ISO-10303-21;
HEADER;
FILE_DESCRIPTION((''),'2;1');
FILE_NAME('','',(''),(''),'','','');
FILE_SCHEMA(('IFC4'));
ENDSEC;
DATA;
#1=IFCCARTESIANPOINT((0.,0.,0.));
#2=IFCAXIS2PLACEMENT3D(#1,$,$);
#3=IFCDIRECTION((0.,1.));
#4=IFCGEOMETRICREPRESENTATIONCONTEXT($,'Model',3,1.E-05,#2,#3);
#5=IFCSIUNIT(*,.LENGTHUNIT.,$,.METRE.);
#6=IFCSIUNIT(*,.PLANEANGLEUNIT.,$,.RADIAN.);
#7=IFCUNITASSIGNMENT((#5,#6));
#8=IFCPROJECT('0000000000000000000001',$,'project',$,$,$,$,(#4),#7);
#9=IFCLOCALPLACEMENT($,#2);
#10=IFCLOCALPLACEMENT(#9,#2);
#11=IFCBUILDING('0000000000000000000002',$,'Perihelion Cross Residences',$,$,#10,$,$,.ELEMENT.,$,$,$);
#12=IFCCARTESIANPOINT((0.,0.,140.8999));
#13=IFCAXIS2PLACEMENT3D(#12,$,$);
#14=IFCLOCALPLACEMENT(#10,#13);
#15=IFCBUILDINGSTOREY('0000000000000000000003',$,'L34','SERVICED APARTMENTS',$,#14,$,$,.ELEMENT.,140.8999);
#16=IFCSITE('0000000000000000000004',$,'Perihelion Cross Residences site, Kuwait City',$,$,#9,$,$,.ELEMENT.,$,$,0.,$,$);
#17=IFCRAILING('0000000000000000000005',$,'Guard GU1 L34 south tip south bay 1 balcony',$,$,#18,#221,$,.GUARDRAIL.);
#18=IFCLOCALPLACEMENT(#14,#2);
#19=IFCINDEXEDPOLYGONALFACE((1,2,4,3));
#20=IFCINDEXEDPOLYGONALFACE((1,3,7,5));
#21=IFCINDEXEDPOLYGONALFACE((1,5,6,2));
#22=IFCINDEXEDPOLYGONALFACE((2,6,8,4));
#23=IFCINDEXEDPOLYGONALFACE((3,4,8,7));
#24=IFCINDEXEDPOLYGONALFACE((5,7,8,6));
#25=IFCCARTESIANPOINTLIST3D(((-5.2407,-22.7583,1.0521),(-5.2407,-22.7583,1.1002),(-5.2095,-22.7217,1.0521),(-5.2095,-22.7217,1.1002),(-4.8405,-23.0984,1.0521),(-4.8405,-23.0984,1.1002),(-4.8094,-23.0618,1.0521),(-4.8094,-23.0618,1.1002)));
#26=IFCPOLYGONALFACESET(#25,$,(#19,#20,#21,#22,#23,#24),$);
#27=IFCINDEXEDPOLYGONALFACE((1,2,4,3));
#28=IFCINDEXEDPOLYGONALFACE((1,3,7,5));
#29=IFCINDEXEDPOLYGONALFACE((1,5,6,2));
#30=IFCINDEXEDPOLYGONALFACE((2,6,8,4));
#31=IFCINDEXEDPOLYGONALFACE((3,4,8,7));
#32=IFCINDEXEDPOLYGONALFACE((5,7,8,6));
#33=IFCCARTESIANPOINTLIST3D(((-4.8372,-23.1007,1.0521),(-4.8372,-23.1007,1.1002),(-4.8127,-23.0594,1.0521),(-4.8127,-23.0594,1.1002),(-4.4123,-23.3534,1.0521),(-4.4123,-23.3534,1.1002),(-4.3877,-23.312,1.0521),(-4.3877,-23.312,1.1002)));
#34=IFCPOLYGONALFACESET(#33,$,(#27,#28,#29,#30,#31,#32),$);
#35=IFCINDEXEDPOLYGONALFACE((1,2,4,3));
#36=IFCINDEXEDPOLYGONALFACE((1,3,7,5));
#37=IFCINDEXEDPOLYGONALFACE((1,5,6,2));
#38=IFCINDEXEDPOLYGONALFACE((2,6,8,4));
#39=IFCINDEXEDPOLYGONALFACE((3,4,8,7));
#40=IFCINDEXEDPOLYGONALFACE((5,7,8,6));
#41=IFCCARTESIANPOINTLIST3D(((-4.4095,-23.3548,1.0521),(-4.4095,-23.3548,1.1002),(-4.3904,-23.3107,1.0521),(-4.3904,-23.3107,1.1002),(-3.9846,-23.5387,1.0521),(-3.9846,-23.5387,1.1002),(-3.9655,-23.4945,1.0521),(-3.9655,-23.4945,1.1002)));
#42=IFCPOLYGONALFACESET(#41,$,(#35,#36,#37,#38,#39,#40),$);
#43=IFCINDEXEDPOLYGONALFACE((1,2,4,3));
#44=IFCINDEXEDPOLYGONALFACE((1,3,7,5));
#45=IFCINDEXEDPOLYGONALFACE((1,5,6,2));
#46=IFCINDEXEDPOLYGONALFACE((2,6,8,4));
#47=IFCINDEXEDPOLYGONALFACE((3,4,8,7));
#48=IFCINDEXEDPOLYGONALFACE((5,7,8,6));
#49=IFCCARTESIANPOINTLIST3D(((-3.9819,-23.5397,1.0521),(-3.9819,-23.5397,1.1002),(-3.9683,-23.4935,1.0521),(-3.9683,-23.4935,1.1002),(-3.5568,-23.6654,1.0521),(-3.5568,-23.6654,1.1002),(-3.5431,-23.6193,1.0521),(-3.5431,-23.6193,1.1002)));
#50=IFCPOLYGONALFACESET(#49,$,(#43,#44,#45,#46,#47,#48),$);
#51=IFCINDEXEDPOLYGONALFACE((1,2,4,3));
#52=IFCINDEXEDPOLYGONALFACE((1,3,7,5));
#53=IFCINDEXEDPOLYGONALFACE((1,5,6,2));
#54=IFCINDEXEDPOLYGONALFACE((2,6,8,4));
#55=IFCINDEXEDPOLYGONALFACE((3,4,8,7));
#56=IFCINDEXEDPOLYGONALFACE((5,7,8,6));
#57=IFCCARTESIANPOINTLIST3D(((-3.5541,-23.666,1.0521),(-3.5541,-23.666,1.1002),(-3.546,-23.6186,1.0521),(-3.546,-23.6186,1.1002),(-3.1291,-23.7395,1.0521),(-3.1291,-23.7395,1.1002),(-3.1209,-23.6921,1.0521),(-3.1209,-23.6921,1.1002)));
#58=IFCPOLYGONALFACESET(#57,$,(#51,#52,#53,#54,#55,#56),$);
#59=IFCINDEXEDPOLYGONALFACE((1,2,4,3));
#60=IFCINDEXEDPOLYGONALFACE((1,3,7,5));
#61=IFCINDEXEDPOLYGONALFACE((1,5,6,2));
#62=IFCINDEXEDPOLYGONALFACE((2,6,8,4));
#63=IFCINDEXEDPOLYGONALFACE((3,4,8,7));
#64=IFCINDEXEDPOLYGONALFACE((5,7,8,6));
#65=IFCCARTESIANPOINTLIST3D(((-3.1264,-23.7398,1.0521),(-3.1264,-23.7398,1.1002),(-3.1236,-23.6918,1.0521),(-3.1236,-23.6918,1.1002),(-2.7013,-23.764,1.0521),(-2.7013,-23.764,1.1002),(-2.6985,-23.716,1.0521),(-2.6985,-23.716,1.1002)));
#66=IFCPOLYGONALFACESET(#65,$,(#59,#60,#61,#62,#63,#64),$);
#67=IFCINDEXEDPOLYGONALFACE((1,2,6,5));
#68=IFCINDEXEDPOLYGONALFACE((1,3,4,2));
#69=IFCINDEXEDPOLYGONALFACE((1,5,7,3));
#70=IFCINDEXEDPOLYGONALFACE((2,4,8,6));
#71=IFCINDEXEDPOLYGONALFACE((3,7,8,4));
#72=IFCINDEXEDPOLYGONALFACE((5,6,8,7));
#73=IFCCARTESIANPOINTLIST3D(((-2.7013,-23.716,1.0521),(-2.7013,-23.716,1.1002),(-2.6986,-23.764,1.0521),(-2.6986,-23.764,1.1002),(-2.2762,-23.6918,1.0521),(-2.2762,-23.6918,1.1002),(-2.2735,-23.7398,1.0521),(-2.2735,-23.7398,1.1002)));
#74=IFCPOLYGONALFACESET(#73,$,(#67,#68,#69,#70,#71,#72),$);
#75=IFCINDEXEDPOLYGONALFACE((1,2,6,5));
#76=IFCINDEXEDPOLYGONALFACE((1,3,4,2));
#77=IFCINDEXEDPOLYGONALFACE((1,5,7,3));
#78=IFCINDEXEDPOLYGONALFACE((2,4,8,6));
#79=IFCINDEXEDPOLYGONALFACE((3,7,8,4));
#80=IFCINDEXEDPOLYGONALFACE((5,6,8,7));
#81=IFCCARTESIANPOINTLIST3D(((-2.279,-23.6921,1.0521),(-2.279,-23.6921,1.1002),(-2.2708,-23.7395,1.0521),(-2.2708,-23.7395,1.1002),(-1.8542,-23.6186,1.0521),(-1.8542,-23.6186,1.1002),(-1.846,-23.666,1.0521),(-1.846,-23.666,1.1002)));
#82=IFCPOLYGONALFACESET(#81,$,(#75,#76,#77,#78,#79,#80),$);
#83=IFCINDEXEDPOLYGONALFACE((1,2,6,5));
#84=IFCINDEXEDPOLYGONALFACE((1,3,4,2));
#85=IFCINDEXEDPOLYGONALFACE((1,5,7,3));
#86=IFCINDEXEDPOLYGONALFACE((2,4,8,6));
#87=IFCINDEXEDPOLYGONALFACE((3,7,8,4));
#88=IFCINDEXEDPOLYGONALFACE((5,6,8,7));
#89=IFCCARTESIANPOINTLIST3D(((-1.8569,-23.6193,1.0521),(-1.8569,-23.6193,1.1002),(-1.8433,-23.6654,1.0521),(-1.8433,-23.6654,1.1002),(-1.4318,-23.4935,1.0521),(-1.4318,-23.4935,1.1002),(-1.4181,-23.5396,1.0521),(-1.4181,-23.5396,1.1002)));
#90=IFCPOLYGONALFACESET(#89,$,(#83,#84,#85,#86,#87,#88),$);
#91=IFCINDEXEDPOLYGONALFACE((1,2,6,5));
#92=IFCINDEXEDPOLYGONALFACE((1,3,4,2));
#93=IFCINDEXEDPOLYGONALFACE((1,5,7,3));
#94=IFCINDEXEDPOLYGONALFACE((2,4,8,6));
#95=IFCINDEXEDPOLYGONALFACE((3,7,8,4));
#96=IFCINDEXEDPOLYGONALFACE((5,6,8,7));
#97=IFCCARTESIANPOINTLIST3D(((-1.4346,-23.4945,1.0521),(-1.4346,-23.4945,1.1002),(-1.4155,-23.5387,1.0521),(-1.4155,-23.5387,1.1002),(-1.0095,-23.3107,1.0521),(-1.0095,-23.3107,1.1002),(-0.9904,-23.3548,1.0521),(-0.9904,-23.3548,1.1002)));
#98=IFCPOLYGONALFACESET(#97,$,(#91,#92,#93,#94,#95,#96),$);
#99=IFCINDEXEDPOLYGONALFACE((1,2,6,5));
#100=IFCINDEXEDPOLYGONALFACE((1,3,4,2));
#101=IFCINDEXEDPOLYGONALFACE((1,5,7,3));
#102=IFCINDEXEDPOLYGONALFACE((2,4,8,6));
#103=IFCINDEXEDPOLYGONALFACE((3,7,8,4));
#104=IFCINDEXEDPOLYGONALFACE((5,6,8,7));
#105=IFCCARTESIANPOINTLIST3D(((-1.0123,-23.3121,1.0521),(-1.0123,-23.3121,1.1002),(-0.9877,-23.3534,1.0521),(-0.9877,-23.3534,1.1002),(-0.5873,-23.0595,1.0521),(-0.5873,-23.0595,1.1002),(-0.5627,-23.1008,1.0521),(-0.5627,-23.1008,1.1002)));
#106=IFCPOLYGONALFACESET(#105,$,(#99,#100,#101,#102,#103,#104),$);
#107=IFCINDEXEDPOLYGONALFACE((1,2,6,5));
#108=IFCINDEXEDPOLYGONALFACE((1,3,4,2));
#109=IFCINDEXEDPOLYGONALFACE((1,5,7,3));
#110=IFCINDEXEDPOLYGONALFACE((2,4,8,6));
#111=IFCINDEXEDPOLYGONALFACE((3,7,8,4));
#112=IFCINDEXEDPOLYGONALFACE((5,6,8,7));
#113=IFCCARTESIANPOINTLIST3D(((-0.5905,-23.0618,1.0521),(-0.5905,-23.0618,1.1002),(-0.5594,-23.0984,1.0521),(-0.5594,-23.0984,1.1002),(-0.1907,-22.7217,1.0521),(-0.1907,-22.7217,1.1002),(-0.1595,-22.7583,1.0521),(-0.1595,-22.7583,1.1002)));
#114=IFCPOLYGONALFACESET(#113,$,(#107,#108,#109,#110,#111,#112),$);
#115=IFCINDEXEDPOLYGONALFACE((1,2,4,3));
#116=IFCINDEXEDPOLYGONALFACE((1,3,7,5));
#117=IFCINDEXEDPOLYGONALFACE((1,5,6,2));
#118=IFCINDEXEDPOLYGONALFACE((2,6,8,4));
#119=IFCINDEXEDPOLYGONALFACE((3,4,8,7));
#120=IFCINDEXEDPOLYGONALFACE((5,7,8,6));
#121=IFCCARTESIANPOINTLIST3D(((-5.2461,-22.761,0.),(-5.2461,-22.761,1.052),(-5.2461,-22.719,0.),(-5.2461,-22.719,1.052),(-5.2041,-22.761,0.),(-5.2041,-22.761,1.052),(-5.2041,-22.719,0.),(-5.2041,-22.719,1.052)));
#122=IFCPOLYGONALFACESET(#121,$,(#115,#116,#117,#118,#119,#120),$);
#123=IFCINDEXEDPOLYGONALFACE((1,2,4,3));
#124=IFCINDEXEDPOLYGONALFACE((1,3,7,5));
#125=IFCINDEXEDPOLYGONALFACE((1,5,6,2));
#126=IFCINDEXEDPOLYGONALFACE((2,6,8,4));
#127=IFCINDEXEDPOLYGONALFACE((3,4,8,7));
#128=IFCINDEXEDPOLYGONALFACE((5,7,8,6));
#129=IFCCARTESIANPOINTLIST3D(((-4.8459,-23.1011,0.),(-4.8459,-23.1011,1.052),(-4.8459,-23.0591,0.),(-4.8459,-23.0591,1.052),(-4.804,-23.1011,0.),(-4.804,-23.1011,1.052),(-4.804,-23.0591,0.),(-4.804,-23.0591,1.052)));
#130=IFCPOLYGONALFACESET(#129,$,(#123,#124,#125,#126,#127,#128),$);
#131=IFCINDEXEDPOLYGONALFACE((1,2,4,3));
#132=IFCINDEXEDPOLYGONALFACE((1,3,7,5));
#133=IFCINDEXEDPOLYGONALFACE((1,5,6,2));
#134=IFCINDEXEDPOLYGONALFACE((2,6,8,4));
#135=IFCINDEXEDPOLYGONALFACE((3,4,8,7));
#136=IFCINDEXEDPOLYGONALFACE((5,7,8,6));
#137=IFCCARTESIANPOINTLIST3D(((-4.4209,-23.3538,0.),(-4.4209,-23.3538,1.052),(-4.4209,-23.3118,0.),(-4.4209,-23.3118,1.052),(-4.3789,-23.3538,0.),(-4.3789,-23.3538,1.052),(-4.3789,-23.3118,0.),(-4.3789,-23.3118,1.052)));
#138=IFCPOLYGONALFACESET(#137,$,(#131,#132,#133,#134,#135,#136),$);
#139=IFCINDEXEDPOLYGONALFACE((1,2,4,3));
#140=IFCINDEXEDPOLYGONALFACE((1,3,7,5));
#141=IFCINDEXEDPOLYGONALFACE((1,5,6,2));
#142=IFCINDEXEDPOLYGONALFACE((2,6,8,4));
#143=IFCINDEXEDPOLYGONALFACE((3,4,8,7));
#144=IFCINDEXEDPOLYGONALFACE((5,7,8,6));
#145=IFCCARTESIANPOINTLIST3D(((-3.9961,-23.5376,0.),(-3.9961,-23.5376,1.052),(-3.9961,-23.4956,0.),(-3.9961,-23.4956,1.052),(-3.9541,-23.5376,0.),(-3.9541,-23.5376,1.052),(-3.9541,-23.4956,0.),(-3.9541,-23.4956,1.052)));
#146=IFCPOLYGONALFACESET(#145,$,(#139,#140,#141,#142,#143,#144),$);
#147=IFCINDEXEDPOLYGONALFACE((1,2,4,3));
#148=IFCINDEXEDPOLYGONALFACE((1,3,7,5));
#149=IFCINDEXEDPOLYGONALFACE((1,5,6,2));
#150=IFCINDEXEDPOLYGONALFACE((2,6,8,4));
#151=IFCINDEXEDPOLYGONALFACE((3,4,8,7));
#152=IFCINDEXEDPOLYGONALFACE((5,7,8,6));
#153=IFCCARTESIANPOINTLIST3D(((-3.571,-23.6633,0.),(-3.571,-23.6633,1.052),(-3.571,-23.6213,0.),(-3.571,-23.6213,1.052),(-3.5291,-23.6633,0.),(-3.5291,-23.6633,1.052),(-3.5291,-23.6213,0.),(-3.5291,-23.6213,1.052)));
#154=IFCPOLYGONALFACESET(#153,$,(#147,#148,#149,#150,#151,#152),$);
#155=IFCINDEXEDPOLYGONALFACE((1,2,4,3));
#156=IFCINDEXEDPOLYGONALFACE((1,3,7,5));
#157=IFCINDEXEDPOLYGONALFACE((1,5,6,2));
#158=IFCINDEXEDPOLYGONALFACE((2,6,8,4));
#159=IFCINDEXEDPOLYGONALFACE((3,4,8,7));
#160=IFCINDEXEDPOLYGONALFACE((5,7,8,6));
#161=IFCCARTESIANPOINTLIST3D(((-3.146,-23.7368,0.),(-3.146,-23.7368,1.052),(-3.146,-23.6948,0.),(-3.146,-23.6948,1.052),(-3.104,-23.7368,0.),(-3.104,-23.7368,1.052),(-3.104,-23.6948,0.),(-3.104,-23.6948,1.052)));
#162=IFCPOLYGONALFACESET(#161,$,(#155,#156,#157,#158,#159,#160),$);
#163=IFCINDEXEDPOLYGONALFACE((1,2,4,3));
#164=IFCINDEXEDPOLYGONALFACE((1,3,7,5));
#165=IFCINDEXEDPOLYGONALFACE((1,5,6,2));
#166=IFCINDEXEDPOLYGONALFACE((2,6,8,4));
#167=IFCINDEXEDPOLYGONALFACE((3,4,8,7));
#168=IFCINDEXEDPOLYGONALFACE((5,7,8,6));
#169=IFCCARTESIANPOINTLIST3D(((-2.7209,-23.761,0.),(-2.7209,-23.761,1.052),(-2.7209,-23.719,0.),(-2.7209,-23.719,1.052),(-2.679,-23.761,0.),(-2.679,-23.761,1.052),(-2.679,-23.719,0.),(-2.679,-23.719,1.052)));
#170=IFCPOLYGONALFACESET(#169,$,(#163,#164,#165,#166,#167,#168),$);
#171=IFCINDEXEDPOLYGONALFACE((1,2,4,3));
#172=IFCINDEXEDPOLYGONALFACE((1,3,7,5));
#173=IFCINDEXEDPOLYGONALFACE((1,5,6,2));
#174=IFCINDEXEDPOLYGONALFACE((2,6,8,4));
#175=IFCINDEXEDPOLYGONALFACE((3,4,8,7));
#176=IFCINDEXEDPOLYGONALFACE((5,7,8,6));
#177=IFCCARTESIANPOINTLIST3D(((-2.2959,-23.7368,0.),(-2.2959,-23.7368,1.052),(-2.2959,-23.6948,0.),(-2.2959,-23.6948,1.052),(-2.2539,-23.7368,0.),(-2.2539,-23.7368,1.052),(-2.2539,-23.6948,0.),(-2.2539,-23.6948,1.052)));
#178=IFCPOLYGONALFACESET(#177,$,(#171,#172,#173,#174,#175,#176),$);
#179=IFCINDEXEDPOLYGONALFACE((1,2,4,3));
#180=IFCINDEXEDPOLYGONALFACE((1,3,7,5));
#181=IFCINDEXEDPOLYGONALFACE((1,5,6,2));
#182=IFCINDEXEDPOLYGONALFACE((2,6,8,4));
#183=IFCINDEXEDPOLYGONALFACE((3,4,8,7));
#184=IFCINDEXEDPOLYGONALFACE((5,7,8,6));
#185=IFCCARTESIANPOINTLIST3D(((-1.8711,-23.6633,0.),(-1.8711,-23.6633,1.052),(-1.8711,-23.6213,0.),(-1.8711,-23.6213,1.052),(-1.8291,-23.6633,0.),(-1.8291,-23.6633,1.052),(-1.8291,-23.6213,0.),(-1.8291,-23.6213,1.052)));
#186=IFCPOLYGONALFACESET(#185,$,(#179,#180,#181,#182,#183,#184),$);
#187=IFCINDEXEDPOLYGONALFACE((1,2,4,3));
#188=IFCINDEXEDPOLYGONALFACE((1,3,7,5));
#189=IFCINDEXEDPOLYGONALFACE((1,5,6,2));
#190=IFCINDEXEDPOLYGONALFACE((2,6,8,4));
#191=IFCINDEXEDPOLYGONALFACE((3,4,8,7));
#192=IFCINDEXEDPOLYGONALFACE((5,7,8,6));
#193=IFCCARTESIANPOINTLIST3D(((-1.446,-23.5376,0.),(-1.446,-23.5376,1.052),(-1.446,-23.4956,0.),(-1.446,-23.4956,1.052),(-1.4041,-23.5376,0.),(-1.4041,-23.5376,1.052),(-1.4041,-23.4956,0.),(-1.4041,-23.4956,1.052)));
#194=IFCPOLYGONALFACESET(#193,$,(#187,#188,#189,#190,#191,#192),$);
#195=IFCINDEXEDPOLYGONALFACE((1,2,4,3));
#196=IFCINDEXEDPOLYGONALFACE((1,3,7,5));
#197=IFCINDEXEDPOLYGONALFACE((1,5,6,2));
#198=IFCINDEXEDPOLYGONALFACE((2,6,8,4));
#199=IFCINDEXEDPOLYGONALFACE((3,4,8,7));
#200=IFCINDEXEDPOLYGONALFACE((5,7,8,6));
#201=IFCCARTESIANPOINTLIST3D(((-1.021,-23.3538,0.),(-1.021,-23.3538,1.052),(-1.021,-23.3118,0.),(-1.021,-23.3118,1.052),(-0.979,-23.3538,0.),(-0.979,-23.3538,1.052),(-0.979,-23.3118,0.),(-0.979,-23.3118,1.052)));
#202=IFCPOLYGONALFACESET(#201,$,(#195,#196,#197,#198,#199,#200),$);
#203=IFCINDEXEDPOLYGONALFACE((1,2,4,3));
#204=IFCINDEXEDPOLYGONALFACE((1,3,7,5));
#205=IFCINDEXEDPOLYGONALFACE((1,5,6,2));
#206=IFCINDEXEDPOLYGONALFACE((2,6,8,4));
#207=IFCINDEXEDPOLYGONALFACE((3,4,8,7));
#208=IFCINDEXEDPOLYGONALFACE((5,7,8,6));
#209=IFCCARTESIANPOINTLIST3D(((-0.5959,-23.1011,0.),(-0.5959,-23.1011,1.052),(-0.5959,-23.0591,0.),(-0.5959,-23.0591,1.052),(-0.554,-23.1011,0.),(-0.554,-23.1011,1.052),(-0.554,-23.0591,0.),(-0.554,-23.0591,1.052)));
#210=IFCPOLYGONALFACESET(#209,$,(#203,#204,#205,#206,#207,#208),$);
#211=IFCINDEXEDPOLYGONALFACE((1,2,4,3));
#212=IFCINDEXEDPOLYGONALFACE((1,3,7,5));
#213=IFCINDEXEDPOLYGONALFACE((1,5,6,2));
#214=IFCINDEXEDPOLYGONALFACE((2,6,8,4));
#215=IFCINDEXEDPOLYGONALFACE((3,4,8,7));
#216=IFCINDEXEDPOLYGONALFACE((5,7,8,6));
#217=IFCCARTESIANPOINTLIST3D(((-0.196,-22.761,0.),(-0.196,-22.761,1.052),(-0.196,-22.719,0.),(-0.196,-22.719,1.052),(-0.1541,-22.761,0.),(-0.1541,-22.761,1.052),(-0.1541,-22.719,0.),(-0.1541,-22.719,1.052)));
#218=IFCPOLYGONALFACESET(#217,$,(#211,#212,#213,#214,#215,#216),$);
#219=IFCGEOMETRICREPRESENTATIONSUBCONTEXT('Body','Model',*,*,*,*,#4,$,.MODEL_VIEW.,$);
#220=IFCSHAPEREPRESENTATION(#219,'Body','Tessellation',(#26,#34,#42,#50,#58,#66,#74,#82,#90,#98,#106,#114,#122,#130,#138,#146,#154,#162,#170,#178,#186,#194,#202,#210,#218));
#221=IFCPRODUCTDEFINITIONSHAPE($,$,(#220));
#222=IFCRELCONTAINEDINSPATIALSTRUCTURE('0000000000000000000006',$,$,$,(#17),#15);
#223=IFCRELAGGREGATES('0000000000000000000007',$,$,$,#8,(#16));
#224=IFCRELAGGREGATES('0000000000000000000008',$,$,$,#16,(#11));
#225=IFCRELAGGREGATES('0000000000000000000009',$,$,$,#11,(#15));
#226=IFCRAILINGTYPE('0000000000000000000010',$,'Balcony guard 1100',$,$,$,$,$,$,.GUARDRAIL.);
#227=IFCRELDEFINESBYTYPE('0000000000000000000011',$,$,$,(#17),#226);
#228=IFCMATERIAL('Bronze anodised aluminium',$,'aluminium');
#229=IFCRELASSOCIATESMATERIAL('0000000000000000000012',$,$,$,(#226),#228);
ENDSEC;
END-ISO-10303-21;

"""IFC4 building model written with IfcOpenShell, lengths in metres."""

from ifc_helpers import new_model, si_unit, direction, frame, origin, origin_2d, place, context, subcontext, project, spatial, rectangle, extrude, material, type_object, element, save


model = new_model("IFC4")

# Units and contexts
model_context = context("Model", 3, precision=1e-05, world=origin(), true_north=direction((0.0, 1.0)))
body_context = subcontext(model_context, "Body", "Model", "MODEL_VIEW")
ifc_project = project(units=[si_unit("LENGTHUNIT", "METRE"), si_unit("PLANEANGLEUNIT", "RADIAN")], contexts=[model_context])

# Site, building, storey
site_placement = place(None, origin())
site = spatial("IfcSite", under=ifc_project, at=site_placement, Name="Perihelion Cross Residences site, Kuwait City", CompositionType="ELEMENT", RefElevation=0.0)
building_placement = place(site_placement, origin())
building = spatial("IfcBuilding", under=site, at=building_placement, Name="Perihelion Cross Residences", CompositionType="ELEMENT")
storey_placement = place(building_placement, frame((0.0, 0.0, 140.8999)))
storey = spatial("IfcBuildingStorey", under=building, at=storey_placement, Name="L34", Description="SERVICED APARTMENTS", CompositionType="ELEMENT", Elevation=140.8999)

# Railing
ifc_material_1 = material(Name="Bronze anodised aluminium", Category="aluminium")
railing_type = type_object("IfcRailingType", Name="Balcony guard 1100", PredefinedType="GUARDRAIL", material=ifc_material_1)
railing_1_placement = place(storey_placement, frame((-5.2251, -22.74, 0.0)))
element("IfcRailing", 1, at=railing_1_placement, inside=storey, type_object=railing_type, Name="Guard GU1 L34 south tip south bay 1 balcony", PredefinedType="GUARDRAIL", context=body_context, shape_type="SweptSolid", body=[
    extrude(rectangle(XDim=0.0481, YDim=0.0481, at=origin_2d()), frame((0.0, 0.0, 1.0762), z_axis=(0.761974, -0.647608, 0.0), x_axis=(0.647608, 0.761974, 0.0)), (0.0, 0.0, 1.0), 0.5251),
    extrude(rectangle(XDim=0.0481, YDim=0.0481, at=origin_2d()), frame((0.4001, -0.3401, 1.0762), z_axis=(0.859577, -0.511006, 0.0), x_axis=(0.511006, 0.859577, 0.0)), (0.0, 0.0, 1.0), 0.4944),
    extrude(rectangle(XDim=0.0481, YDim=0.0481, at=origin_2d()), frame((0.8252, -0.5928, 1.0762), z_axis=(0.917748, -0.397163, 0.0), x_axis=(0.397163, 0.917748, 0.0)), (0.0, 0.0, 1.0), 0.4629),
    extrude(rectangle(XDim=0.0481, YDim=0.0481, at=origin_2d()), frame((1.25, -0.7766, 1.0762), z_axis=(0.958926, -0.283657, 0.0), x_axis=(0.283657, 0.958926, 0.0)), (0.0, 0.0, 1.0), 0.4434),
    extrude(rectangle(XDim=0.0481, YDim=0.0481, at=origin_2d()), frame((1.675, -0.9023, 1.0762), z_axis=(0.985382, -0.170362, 0.0), x_axis=(0.170362, 0.985382, 0.0)), (0.0, 0.0, 1.0), 0.4314),
    extrude(rectangle(XDim=0.0481, YDim=0.0481, at=origin_2d()), frame((2.1001, -0.9758, 1.0762), z_axis=(0.998387, -0.056772, 0.0), x_axis=(0.056772, 0.998387, 0.0)), (0.0, 0.0, 1.0), 0.4258),
    extrude(rectangle(XDim=0.0481, YDim=0.0481, at=origin_2d()), frame((2.5251, -1.0, 1.0762), z_axis=(0.998387, 0.056772, 0.0), x_axis=(-0.056772, 0.998387, 0.0)), (0.0, 0.0, 1.0), 0.4258),
    extrude(rectangle(XDim=0.0481, YDim=0.0481, at=origin_2d()), frame((2.9502, -0.9758, 1.0762), z_axis=(0.985365, 0.170457, 0.0), x_axis=(-0.170457, 0.985365, 0.0)), (0.0, 0.0, 1.0), 0.4312),
    extrude(rectangle(XDim=0.0481, YDim=0.0481, at=origin_2d()), frame((3.375, -0.9023, 1.0762), z_axis=(0.958926, 0.283657, 0.0), x_axis=(-0.283657, 0.958926, 0.0)), (0.0, 0.0, 1.0), 0.4434),
    extrude(rectangle(XDim=0.0481, YDim=0.0481, at=origin_2d()), frame((3.8, -0.7766, 1.0762), z_axis=(0.917831, 0.396971, 0.0), x_axis=(-0.396971, 0.917831, 0.0)), (0.0, 0.0, 1.0), 0.4631),
    extrude(rectangle(XDim=0.0481, YDim=0.0481, at=origin_2d()), frame((4.2251, -0.5928, 1.0762), z_axis=(0.859577, 0.511006, 0.0), x_axis=(-0.511006, 0.859577, 0.0)), (0.0, 0.0, 1.0), 0.4944),
    extrude(rectangle(XDim=0.0481, YDim=0.0481, at=origin_2d()), frame((4.6501, -0.3401, 1.0762), z_axis=(0.761779, 0.647837, 0.0), x_axis=(-0.647837, 0.761779, 0.0)), (0.0, 0.0, 1.0), 0.5249),
    extrude(rectangle(XDim=0.042, YDim=0.042, at=origin_2d()), origin(), (0.0, 0.0, 1.0), 1.052),
    extrude(rectangle(XDim=0.042, YDim=0.042, at=origin_2d()), frame((0.4001, -0.3401, 0.0)), (0.0, 0.0, 1.0), 1.052),
    extrude(rectangle(XDim=0.042, YDim=0.042, at=origin_2d()), frame((0.8252, -0.5928, 0.0)), (0.0, 0.0, 1.0), 1.052),
    extrude(rectangle(XDim=0.042, YDim=0.042, at=origin_2d()), frame((1.25, -0.7766, 0.0)), (0.0, 0.0, 1.0), 1.052),
    extrude(rectangle(XDim=0.042, YDim=0.042, at=origin_2d()), frame((1.675, -0.9023, 0.0)), (0.0, 0.0, 1.0), 1.052),
    extrude(rectangle(XDim=0.042, YDim=0.042, at=origin_2d()), frame((2.1001, -0.9758, 0.0)), (0.0, 0.0, 1.0), 1.052),
    extrude(rectangle(XDim=0.042, YDim=0.042, at=origin_2d()), frame((2.5251, -1.0, 0.0)), (0.0, 0.0, 1.0), 1.052),
    extrude(rectangle(XDim=0.042, YDim=0.042, at=origin_2d()), frame((2.9502, -0.9758, 0.0)), (0.0, 0.0, 1.0), 1.052),
    extrude(rectangle(XDim=0.042, YDim=0.042, at=origin_2d()), frame((3.375, -0.9023, 0.0)), (0.0, 0.0, 1.0), 1.052),
    extrude(rectangle(XDim=0.042, YDim=0.042, at=origin_2d()), frame((3.8, -0.7766, 0.0)), (0.0, 0.0, 1.0), 1.052),
    extrude(rectangle(XDim=0.042, YDim=0.042, at=origin_2d()), frame((4.2251, -0.5928, 0.0)), (0.0, 0.0, 1.0), 1.052),
    extrude(rectangle(XDim=0.042, YDim=0.042, at=origin_2d()), frame((4.6501, -0.3401, 0.0)), (0.0, 0.0, 1.0), 1.052),
    extrude(rectangle(XDim=0.042, YDim=0.042, at=origin_2d()), frame((5.05, 0.0, 0.0)), (0.0, 0.0, 1.0), 1.052),
])

save(model, "model.ifc")
